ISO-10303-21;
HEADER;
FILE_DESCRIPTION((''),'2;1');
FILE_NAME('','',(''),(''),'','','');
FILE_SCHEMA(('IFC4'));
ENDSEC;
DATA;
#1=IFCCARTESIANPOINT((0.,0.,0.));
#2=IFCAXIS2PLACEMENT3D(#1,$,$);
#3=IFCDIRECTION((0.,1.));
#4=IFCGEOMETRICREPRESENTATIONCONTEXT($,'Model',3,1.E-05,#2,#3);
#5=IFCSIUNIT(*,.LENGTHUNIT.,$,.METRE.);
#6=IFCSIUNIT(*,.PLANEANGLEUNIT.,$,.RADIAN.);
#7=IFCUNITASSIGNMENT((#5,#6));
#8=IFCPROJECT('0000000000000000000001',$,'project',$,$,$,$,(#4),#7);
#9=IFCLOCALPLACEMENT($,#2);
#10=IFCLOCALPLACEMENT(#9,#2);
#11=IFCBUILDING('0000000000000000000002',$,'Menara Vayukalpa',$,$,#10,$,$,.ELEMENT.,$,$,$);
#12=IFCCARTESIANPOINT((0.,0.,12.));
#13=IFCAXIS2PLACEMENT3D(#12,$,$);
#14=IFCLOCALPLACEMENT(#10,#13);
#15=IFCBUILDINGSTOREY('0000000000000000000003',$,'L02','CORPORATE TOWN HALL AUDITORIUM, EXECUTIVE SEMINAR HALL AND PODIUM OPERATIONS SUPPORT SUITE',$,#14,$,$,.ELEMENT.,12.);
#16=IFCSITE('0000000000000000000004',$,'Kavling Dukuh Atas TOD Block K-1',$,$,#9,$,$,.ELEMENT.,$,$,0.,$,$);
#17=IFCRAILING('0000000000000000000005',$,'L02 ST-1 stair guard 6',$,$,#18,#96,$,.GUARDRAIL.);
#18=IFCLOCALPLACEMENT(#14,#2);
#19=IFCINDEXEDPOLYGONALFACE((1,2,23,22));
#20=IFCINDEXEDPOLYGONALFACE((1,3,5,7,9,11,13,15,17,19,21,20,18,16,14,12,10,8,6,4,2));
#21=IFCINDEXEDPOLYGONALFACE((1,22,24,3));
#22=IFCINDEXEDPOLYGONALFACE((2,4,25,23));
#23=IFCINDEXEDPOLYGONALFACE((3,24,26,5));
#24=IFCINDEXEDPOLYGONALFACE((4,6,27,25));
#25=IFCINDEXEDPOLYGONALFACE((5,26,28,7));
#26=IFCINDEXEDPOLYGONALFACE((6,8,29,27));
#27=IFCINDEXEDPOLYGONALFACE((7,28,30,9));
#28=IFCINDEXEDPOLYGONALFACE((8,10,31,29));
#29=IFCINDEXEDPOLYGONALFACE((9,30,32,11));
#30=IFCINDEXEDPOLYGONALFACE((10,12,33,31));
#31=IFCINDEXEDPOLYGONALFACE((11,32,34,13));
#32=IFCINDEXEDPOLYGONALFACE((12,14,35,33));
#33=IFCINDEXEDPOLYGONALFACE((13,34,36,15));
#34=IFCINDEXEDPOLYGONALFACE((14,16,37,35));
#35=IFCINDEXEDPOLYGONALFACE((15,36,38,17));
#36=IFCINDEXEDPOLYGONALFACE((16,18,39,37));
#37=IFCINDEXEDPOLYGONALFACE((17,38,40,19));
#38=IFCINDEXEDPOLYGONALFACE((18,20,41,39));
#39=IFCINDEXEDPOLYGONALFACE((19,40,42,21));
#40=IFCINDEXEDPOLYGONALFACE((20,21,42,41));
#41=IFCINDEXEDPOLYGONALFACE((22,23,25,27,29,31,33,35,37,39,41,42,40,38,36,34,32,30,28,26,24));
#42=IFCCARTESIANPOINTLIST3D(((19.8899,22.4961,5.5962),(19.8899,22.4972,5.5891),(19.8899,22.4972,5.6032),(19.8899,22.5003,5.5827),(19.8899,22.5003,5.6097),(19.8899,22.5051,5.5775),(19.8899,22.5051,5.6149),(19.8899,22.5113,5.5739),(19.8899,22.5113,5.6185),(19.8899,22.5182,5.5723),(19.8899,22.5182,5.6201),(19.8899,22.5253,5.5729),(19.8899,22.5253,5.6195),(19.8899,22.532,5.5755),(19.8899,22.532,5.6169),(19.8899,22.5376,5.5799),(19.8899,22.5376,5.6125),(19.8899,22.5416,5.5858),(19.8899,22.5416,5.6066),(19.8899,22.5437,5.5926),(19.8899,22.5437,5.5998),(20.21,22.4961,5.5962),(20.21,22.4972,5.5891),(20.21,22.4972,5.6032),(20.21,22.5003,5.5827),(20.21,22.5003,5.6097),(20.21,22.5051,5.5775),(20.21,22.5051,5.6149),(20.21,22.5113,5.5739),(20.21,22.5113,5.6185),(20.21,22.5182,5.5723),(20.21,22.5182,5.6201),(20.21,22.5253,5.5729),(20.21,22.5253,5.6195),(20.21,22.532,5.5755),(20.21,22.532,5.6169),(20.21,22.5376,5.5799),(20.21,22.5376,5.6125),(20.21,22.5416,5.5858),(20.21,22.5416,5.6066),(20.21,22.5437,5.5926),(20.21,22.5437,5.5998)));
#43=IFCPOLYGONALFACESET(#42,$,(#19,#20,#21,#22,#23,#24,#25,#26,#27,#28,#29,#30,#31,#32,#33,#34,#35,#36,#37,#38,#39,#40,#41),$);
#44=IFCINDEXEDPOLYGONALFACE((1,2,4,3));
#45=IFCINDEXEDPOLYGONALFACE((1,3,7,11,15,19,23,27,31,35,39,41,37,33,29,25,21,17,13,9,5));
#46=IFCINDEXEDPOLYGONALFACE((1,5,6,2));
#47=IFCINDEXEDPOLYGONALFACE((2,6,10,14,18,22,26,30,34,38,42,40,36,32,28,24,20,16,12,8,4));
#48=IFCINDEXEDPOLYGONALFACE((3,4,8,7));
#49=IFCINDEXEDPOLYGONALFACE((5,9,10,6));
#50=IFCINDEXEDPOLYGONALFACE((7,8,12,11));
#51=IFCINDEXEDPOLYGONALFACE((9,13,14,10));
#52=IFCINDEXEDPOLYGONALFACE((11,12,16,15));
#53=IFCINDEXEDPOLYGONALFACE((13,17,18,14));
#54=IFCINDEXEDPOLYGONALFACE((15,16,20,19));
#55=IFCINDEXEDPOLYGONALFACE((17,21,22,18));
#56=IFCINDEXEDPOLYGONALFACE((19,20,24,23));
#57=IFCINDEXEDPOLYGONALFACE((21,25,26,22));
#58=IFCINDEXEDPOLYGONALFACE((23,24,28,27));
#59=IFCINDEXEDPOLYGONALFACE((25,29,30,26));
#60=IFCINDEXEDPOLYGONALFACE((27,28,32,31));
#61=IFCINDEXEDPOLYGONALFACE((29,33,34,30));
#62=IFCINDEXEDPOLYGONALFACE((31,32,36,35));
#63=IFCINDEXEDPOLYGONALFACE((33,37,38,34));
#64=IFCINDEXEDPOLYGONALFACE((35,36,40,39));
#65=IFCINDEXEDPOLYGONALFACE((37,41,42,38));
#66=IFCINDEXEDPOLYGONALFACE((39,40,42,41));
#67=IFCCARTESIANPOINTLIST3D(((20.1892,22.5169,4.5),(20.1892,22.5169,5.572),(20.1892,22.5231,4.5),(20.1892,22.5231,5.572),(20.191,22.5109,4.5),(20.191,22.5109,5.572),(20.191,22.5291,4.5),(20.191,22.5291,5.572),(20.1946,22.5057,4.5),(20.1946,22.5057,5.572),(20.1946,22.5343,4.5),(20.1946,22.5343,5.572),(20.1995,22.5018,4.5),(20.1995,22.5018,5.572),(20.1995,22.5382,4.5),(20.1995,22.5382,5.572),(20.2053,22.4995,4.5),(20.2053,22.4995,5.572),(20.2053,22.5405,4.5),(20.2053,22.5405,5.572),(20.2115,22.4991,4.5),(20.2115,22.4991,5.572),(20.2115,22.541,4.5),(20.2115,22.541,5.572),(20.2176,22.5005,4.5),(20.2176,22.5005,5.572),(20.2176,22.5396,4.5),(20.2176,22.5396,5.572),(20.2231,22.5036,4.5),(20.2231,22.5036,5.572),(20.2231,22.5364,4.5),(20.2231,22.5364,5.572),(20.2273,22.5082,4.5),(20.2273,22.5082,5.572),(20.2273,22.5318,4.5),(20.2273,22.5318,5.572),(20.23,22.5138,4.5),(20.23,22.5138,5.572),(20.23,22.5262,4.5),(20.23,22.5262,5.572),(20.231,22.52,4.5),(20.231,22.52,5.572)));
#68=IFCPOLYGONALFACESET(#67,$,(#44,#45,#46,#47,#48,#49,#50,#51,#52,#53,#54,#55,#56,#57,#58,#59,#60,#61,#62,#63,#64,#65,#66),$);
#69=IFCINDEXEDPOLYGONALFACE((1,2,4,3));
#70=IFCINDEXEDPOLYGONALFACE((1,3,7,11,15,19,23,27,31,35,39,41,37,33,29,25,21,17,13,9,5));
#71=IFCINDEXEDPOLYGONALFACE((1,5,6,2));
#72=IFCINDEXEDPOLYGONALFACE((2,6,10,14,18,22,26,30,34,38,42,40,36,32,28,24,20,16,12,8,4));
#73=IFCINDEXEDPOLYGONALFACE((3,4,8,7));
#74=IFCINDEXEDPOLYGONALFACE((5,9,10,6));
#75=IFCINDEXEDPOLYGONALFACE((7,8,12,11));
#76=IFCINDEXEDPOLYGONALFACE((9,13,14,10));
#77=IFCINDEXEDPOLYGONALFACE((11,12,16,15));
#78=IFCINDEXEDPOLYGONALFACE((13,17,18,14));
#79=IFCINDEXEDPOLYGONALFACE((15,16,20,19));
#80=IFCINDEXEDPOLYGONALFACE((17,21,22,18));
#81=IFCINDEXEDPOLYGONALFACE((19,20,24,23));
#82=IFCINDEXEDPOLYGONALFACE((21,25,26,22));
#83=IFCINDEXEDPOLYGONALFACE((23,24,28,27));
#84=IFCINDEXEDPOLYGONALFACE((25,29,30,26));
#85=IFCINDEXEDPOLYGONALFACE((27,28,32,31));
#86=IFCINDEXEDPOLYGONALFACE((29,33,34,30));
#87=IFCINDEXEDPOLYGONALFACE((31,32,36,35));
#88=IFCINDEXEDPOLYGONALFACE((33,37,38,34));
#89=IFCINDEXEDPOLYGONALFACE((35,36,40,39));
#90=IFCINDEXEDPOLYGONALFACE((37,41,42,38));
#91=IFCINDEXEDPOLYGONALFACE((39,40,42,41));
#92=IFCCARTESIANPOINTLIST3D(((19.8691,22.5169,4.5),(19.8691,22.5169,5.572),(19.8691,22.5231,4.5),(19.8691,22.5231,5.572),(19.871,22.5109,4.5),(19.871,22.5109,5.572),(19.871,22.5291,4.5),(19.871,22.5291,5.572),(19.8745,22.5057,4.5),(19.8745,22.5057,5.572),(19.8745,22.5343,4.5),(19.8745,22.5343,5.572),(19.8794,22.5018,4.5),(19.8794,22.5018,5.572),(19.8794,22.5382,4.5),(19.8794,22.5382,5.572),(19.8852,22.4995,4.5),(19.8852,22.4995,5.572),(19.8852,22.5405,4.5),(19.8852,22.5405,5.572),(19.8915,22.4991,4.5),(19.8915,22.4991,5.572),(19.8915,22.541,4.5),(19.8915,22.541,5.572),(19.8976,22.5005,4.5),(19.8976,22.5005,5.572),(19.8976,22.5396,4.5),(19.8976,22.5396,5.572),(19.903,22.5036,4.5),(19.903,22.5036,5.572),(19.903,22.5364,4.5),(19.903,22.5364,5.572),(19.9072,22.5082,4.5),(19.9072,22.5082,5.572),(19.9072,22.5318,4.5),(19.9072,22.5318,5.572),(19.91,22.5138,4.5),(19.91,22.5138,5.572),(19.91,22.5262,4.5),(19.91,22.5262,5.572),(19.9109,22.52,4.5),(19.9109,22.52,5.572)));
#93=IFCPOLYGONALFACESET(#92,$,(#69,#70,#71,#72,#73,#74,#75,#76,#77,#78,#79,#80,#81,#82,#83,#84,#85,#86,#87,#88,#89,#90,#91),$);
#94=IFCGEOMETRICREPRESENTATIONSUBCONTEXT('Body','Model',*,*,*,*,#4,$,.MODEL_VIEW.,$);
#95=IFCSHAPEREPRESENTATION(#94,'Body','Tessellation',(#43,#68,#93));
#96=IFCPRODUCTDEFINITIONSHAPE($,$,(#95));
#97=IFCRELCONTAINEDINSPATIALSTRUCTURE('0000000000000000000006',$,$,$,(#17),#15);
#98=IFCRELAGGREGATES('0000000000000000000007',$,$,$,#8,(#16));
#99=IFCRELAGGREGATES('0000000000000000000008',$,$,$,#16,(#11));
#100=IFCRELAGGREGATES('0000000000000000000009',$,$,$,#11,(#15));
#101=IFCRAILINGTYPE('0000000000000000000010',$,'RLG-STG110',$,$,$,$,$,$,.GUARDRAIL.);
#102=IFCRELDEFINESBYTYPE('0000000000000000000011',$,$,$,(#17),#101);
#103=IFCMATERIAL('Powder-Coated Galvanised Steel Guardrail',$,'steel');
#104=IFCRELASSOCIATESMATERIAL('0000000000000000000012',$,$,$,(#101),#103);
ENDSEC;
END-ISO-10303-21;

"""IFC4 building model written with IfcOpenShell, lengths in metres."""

from ifc_helpers import new_model, si_unit, direction, frame, origin, origin_2d, place, context, subcontext, project, spatial, circle, extrude, material, type_object, element, save


model = new_model("IFC4")

# Units and contexts
model_context = context("Model", 3, precision=1e-05, world=origin(), true_north=direction((0.0, 1.0)))
body_context = subcontext(model_context, "Body", "Model", "MODEL_VIEW")
ifc_project = project(units=[si_unit("LENGTHUNIT", "METRE"), si_unit("PLANEANGLEUNIT", "RADIAN")], contexts=[model_context])

# Site, building, storey
site_placement = place(None, origin())
site = spatial("IfcSite", under=ifc_project, at=site_placement, Name="Kavling Dukuh Atas TOD Block K-1", CompositionType="ELEMENT", RefElevation=0.0)
building_placement = place(site_placement, origin())
building = spatial("IfcBuilding", under=site, at=building_placement, Name="Menara Vayukalpa", CompositionType="ELEMENT")
storey_placement = place(building_placement, frame((0.0, 0.0, 12.0)))
storey = spatial("IfcBuildingStorey", under=building, at=storey_placement, Name="L02", Description="CORPORATE TOWN HALL AUDITORIUM, EXECUTIVE SEMINAR HALL AND PODIUM OPERATIONS SUPPORT SUITE", CompositionType="ELEMENT", Elevation=12.0)

# Railing
ifc_material_1 = material(Name="Powder-Coated Galvanised Steel Guardrail", Category="steel")
railing_type_1 = type_object("IfcRailingType", Name="RLG-STG110", PredefinedType="GUARDRAIL", material=ifc_material_1)
railing_1_placement = place(storey_placement, frame((20.21, 22.52, 4.5)))
element("IfcRailing", 1, at=railing_1_placement, inside=storey, type_object=railing_type_1, Name="L02 ST-1 stair guard 6", PredefinedType="GUARDRAIL", context=body_context, shape_type="SweptSolid", body=[
    extrude(circle(Radius=0.0239, at=origin_2d()), frame((0.0, 0.0, 1.0962), z_axis=(-1.0, 0.0, 0.0), x_axis=(0.0, -1.0, 0.0)), (0.0, 0.0, 1.0), 0.3201),
    extrude(circle(Radius=0.021, at=origin_2d()), origin(), (0.0, 0.0, 1.0), 1.072),
    extrude(circle(Radius=0.021, at=origin_2d()), frame((-0.3201, 0.0, 0.0)), (0.0, 0.0, 1.0), 1.072),
])

save(model, "model.ifc")
